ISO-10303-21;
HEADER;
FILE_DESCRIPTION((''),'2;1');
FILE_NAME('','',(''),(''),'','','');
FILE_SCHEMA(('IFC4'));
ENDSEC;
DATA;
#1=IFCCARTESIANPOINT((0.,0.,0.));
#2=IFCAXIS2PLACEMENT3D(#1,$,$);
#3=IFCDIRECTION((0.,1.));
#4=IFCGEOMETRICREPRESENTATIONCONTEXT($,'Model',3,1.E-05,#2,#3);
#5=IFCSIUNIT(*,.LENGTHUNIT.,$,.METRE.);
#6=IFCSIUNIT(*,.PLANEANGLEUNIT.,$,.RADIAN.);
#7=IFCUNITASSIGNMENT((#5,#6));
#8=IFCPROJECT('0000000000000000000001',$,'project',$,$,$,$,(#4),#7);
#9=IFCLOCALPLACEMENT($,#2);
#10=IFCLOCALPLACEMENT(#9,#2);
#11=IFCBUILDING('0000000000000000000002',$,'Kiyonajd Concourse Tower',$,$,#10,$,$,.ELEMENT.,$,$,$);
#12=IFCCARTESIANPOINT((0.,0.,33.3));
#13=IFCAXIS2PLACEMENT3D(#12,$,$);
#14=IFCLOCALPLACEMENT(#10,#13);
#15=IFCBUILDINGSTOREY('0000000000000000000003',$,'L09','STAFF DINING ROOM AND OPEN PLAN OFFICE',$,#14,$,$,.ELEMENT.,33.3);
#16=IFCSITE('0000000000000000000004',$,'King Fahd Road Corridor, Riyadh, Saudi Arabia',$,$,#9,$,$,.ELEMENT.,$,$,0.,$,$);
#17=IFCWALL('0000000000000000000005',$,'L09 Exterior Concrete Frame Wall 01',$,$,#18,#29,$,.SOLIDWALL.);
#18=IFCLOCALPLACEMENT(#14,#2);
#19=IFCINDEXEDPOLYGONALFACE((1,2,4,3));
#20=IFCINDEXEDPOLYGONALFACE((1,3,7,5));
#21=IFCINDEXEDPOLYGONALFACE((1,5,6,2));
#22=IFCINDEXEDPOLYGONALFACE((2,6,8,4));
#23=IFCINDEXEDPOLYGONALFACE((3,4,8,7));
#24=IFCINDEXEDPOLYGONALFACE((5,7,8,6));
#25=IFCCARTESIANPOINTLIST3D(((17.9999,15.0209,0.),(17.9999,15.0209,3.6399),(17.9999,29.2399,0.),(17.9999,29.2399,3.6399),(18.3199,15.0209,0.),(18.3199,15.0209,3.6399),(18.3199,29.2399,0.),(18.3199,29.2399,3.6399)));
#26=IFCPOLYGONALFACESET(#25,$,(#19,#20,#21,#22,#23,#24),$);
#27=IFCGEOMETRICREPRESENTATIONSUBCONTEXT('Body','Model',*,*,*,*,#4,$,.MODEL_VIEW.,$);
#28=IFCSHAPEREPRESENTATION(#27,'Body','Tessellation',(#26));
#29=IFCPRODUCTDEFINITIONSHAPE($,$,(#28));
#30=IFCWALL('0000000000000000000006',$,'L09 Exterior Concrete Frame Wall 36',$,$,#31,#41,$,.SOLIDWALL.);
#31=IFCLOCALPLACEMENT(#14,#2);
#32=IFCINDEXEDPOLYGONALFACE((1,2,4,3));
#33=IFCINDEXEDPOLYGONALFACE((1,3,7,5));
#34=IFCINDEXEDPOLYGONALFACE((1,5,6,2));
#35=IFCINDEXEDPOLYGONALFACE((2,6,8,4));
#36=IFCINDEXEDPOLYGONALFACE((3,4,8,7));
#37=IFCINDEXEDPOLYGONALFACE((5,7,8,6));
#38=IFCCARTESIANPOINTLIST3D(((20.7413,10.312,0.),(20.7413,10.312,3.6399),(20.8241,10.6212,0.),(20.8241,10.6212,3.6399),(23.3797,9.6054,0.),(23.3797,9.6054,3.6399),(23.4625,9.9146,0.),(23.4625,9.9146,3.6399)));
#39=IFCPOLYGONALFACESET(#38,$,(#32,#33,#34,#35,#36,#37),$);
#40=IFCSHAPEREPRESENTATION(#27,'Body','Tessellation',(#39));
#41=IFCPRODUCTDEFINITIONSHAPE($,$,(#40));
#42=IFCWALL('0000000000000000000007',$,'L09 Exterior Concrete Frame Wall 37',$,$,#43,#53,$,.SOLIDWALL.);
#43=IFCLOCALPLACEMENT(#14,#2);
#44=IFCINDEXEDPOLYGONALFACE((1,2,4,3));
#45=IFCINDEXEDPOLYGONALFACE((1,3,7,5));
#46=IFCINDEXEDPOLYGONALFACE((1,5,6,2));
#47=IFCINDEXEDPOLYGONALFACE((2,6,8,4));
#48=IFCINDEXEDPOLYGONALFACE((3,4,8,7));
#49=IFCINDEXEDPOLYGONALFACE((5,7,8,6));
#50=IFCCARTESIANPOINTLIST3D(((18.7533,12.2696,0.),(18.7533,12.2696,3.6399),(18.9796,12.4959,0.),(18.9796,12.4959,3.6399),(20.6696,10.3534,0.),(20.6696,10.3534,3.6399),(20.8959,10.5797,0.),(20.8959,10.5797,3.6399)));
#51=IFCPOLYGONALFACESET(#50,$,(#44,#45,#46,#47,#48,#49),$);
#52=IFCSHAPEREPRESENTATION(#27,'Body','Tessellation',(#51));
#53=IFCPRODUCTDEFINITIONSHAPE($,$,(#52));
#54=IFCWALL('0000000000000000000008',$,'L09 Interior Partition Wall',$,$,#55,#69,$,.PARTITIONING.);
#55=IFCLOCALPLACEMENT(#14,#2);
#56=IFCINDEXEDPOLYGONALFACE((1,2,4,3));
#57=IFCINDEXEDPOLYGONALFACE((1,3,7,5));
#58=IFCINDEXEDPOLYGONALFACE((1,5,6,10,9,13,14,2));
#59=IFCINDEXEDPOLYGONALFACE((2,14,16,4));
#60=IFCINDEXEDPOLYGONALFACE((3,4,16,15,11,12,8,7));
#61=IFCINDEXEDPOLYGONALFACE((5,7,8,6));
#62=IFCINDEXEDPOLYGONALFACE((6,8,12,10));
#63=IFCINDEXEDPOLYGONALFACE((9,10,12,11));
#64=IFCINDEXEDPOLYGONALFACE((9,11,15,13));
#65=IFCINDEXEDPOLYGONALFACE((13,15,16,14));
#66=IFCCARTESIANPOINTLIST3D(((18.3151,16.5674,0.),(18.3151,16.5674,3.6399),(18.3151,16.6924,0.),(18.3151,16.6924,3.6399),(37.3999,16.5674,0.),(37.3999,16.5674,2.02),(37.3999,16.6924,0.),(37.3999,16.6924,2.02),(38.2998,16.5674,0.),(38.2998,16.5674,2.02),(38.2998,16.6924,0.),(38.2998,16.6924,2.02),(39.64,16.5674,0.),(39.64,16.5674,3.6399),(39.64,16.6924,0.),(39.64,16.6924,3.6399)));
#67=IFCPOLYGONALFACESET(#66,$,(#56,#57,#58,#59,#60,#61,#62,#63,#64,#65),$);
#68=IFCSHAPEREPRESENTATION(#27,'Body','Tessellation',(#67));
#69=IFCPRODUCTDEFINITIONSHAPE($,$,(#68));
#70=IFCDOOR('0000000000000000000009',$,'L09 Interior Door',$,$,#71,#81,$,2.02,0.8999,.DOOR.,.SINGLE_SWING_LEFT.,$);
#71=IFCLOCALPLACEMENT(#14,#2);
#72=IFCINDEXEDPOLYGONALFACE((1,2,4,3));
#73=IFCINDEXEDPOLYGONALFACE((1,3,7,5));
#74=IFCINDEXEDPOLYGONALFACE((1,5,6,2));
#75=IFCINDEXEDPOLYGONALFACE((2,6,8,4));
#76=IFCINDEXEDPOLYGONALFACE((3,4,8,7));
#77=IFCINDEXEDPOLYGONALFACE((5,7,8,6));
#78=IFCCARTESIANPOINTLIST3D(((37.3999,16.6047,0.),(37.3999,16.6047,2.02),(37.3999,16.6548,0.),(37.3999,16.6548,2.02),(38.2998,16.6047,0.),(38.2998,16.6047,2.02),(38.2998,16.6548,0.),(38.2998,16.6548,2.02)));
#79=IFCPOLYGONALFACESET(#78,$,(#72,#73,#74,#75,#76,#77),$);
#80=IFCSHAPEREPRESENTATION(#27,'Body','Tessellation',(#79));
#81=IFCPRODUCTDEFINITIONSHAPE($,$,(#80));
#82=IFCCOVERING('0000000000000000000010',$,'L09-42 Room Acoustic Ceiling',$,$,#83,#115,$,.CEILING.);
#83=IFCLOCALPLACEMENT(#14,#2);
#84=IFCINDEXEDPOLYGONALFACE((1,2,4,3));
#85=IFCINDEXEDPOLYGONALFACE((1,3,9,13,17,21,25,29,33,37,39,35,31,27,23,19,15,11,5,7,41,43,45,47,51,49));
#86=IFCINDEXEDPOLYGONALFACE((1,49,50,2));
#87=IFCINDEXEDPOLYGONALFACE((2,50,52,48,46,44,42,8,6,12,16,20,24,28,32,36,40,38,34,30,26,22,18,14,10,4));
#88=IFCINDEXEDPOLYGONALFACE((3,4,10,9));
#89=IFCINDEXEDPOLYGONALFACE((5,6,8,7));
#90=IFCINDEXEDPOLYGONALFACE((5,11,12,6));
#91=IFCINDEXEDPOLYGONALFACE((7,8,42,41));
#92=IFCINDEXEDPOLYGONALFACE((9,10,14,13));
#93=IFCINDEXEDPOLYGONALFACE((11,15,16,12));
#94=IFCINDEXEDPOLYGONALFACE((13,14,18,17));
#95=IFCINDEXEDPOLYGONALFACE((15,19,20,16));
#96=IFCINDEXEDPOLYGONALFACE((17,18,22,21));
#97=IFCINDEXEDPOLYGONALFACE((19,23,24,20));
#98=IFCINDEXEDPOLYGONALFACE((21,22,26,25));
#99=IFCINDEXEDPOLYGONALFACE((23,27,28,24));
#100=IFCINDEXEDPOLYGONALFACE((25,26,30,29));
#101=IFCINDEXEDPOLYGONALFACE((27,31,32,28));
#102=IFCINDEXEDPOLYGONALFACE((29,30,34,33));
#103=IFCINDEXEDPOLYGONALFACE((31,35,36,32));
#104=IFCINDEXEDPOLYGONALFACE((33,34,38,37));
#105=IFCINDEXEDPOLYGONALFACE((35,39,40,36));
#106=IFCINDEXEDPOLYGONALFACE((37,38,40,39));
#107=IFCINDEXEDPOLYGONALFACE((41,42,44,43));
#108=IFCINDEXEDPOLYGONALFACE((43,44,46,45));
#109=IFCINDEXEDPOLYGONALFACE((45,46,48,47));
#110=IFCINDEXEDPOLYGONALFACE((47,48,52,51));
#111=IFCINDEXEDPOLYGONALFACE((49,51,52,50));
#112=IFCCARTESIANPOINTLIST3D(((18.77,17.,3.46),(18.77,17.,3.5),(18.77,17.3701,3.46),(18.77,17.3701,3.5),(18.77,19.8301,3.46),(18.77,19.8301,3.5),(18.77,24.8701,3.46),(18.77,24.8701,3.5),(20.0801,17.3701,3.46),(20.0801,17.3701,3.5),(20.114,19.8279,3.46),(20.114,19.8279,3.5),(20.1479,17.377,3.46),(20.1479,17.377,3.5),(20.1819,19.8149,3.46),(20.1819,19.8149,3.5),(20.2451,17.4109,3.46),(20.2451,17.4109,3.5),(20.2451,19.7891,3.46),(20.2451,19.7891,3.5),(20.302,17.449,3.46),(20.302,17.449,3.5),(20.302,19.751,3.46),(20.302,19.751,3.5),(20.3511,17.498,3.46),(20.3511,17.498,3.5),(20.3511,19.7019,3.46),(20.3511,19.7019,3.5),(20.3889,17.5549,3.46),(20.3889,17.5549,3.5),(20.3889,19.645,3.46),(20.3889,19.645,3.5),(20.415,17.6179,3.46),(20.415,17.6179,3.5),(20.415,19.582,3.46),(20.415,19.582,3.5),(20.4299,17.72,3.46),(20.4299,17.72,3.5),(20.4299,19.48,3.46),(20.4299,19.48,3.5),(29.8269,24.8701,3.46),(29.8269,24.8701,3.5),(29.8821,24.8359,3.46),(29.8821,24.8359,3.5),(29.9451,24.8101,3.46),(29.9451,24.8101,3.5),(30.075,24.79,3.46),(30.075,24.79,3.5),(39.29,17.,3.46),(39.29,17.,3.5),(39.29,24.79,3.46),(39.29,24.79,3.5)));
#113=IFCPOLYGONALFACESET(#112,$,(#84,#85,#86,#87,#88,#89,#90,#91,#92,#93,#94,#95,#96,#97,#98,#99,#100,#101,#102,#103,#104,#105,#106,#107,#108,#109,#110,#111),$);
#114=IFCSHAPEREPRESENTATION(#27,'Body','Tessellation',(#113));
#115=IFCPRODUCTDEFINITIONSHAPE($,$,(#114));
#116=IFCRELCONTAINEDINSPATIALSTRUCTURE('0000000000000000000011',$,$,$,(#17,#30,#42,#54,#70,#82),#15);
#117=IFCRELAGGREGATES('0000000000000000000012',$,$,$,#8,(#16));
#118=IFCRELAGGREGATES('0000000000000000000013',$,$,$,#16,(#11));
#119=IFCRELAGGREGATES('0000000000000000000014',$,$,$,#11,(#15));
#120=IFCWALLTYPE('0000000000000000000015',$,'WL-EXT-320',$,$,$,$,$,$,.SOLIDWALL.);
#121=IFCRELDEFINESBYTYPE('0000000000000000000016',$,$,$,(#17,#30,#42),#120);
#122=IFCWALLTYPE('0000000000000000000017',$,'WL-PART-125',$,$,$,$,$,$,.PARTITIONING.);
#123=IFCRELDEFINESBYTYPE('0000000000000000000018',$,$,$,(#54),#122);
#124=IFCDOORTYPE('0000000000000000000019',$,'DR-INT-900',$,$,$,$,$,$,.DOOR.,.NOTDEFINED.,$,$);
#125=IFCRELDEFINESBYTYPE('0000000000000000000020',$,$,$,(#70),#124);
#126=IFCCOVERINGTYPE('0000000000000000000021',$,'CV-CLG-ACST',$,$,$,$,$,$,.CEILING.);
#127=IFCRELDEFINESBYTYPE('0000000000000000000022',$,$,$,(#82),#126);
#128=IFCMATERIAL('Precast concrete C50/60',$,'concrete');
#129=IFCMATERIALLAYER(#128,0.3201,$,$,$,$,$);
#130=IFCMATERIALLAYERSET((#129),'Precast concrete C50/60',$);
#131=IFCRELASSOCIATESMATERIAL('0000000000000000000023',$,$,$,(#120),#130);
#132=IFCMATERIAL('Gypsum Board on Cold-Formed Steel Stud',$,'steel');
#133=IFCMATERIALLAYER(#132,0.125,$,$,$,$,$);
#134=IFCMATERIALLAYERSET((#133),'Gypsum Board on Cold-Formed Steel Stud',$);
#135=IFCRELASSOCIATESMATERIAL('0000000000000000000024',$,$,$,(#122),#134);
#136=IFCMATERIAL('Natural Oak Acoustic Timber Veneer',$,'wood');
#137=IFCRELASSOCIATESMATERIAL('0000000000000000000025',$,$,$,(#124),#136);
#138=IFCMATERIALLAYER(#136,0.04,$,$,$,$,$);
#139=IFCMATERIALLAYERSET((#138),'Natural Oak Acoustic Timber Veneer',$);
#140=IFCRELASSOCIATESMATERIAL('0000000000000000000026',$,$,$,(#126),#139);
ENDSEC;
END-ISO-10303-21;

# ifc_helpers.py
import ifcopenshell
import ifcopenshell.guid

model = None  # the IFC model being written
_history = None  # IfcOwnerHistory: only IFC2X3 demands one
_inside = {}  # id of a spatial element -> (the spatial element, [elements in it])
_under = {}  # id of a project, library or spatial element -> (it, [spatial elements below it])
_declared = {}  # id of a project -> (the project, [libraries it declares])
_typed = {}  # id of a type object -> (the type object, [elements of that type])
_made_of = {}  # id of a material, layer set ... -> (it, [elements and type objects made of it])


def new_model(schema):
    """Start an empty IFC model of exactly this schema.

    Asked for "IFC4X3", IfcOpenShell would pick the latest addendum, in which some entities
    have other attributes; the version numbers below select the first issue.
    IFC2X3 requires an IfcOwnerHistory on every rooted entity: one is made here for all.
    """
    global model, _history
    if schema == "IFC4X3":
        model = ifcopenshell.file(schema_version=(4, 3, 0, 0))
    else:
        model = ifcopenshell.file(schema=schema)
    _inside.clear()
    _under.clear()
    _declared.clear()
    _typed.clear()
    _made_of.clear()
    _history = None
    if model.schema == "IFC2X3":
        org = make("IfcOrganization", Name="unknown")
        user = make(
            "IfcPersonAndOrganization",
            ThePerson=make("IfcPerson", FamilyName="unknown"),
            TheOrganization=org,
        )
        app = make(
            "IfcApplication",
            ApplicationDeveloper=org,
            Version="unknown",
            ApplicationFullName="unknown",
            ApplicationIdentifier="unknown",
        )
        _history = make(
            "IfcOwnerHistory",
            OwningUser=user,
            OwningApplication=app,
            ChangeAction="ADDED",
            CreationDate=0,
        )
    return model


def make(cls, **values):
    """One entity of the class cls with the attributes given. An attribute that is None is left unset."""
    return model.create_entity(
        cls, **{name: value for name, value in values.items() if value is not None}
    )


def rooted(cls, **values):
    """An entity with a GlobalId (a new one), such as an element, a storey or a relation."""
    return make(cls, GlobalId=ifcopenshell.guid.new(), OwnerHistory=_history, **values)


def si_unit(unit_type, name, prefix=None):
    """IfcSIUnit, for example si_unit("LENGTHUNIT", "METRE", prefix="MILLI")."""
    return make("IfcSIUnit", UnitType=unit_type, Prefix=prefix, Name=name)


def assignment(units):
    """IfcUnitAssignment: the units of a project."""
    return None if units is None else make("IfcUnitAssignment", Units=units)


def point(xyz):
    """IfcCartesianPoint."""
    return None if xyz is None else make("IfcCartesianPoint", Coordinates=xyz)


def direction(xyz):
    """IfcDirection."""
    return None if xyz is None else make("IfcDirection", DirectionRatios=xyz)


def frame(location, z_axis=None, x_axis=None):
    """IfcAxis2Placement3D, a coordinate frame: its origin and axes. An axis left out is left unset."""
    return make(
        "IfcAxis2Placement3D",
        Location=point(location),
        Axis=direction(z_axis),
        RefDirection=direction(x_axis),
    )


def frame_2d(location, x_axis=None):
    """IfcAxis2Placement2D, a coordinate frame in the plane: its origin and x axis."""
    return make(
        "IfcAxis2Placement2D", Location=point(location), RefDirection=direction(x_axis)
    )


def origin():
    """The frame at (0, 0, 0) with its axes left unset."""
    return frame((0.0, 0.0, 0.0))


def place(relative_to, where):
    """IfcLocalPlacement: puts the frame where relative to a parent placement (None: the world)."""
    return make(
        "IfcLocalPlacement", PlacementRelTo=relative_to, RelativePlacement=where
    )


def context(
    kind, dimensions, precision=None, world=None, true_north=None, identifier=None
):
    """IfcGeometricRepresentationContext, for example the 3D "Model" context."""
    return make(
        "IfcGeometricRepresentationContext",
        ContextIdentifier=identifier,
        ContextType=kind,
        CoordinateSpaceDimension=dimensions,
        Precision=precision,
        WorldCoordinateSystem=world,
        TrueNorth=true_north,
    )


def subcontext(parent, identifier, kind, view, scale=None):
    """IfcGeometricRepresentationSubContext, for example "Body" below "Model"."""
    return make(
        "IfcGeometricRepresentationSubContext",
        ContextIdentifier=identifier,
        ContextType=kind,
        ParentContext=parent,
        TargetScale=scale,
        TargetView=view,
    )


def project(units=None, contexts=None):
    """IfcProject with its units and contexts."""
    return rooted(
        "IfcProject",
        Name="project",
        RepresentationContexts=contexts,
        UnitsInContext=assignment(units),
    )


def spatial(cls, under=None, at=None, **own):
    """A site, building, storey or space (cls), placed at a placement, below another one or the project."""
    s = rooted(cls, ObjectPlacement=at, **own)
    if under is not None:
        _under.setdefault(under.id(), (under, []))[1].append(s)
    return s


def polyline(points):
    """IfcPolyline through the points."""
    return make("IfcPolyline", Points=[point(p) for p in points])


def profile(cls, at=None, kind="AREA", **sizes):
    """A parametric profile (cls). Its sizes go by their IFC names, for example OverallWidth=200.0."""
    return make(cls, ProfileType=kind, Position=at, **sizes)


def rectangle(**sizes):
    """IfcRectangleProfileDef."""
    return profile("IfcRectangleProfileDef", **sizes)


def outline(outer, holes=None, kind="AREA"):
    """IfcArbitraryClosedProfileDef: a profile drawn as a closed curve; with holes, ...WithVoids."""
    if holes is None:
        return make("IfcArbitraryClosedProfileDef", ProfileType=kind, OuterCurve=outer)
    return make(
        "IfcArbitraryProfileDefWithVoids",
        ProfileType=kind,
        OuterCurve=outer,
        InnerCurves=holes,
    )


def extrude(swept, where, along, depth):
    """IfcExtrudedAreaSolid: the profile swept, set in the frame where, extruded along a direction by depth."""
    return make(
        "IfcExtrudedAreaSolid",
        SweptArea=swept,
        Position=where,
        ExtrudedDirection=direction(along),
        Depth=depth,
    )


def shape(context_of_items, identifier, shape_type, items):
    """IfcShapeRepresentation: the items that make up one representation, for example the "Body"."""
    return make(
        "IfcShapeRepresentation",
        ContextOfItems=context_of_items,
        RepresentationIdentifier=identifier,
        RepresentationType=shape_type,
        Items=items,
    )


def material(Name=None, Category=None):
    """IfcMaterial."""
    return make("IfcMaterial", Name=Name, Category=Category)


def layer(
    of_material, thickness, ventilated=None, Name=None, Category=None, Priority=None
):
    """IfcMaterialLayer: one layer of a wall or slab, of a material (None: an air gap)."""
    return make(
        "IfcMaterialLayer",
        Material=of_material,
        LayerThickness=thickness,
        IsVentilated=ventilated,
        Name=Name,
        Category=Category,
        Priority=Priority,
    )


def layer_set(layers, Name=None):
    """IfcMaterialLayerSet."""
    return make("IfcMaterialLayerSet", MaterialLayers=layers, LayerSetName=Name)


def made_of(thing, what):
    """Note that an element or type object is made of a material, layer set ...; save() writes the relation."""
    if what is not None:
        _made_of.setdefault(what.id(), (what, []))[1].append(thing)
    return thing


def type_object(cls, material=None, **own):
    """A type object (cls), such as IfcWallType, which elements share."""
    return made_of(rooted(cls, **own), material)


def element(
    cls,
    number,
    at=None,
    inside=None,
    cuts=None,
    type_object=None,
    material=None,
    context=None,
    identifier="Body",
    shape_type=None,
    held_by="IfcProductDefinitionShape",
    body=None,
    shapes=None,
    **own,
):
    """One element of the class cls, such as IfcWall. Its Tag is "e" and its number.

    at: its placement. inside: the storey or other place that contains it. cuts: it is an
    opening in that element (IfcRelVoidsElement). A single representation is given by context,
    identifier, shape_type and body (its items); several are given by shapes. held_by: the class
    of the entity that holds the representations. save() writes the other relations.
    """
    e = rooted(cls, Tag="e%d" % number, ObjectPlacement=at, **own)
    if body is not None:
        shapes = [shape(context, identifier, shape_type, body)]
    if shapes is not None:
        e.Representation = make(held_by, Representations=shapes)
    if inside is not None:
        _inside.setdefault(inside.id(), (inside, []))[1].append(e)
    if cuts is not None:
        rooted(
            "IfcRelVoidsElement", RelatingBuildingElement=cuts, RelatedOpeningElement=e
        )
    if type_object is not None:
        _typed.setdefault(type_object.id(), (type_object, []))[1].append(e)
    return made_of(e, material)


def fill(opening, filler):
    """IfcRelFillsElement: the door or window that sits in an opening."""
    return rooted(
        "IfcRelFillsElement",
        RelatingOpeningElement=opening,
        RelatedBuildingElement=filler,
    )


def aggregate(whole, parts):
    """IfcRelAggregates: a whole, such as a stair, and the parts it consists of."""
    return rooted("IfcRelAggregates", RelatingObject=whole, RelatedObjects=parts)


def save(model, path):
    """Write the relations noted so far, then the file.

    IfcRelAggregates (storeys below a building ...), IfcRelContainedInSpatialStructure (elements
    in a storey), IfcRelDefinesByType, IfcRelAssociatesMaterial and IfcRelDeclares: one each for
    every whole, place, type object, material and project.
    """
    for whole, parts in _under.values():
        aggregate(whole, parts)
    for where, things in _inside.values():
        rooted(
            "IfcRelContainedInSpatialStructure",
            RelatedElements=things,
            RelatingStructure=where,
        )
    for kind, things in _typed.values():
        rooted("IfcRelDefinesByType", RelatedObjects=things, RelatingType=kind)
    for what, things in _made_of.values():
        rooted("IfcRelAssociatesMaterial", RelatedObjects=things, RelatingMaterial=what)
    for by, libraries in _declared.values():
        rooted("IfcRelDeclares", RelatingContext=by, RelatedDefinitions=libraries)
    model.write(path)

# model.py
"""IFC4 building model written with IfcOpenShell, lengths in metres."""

from ifc_helpers import new_model, si_unit, direction, frame, frame_2d, origin, place, context, subcontext, project, spatial, polyline, rectangle, outline, extrude, material, layer, layer_set, type_object, element, fill, save


model = new_model("IFC4")

# Units and contexts
model_context = context("Model", 3, precision=1e-05, world=origin(), true_north=direction((0.0, 1.0)))
body_context = subcontext(model_context, "Body", "Model", "MODEL_VIEW")
ifc_project = project(units=[si_unit("LENGTHUNIT", "METRE"), si_unit("PLANEANGLEUNIT", "RADIAN")], contexts=[model_context])

# Site, building, storey
site_placement = place(None, origin())
site = spatial("IfcSite", under=ifc_project, at=site_placement, Name="King Fahd Road Corridor, Riyadh, Saudi Arabia", CompositionType="ELEMENT", RefElevation=0.0)
building_placement = place(site_placement, origin())
building = spatial("IfcBuilding", under=site, at=building_placement, Name="Kiyonajd Concourse Tower", CompositionType="ELEMENT")
storey_placement = place(building_placement, frame((0.0, 0.0, 33.3)))
storey = spatial("IfcBuildingStorey", under=building, at=storey_placement, Name="L09", Description="STAFF DINING ROOM AND OPEN PLAN OFFICE", CompositionType="ELEMENT", Elevation=33.3)

# Shared definitions
ifc_material_1 = material(Name="Precast concrete C50/60", Category="concrete")

# Walls
ifc_layer_1 = layer(ifc_material_1, 0.3201)
ifc_layer_set_1 = layer_set([ifc_layer_1], Name="Precast concrete C50/60")
wall_type_1 = type_object("IfcWallType", Name="WL-EXT-320", PredefinedType="SOLIDWALL", material=ifc_layer_set_1)
wall_1_placement = place(storey_placement, frame((18.1599, 15.021, 0.0), z_axis=(0.0, 0.0, 1.0), x_axis=(0.0, 1.0, 0.0)))
element("IfcWall", 1, at=wall_1_placement, inside=storey, type_object=wall_type_1, Name="L09 Exterior Concrete Frame Wall 01", PredefinedType="SOLIDWALL", context=body_context, shape_type="SweptSolid", body=[
    extrude(rectangle(XDim=14.219, YDim=0.3201, at=frame_2d((7.1094, 0.0))), origin(), (0.0, 0.0, 1.0), 3.6399),
])
wall_2_placement = place(storey_placement, frame((23.4211, 9.76, 0.0), z_axis=(0.0, 0.0, 1.0), x_axis=(-0.965964, 0.258675, 0.0)))
element("IfcWall", 2, at=wall_2_placement, inside=storey, type_object=wall_type_1, Name="L09 Exterior Concrete Frame Wall 36", PredefinedType="SOLIDWALL", context=body_context, shape_type="SweptSolid", body=[
    extrude(rectangle(XDim=2.7314, YDim=0.3201, at=frame_2d((1.3657, 0.0))), origin(), (0.0, 0.0, 1.0), 3.6399),
])
wall_3_placement = place(storey_placement, frame((20.7827, 10.4666, 0.0), z_axis=(0.0, 0.0, 1.0), x_axis=(-0.707107, 0.707107, 0.0)))
element("IfcWall", 3, at=wall_3_placement, inside=storey, type_object=wall_type_1, Name="L09 Exterior Concrete Frame Wall 37", PredefinedType="SOLIDWALL", context=body_context, shape_type="SweptSolid", body=[
    extrude(rectangle(XDim=2.71, YDim=0.3201, at=frame_2d((1.355, 0.0))), origin(), (0.0, 0.0, 1.0), 3.6399),
])

# Wall, opening, door
ifc_material_2 = material(Name="Gypsum Board on Cold-Formed Steel Stud", Category="steel")
ifc_layer_2 = layer(ifc_material_2, 0.125)
ifc_layer_set_2 = layer_set([ifc_layer_2], Name="Gypsum Board on Cold-Formed Steel Stud")
wall_type_2 = type_object("IfcWallType", Name="WL-PART-125", PredefinedType="PARTITIONING", material=ifc_layer_set_2)
wall_4_placement = place(storey_placement, frame((18.3149, 16.6299, 0.0), z_axis=(0.0, 0.0, 1.0), x_axis=(1.0, 0.0, 0.0)))
wall_4 = element("IfcWall", 4, at=wall_4_placement, inside=storey, type_object=wall_type_2, Name="L09 Interior Partition Wall", PredefinedType="PARTITIONING", context=body_context, shape_type="SweptSolid", body=[
    extrude(rectangle(XDim=21.325, YDim=0.125, at=frame_2d((10.6626, 0.0))), origin(), (0.0, 0.0, 1.0), 3.6399),
])
opening_placement = place(wall_4_placement, frame((19.085, 0.0, 0.0)))
opening = element("IfcOpeningElement", 5, at=opening_placement, cuts=wall_4, PredefinedType="OPENING", context=body_context, shape_type="SweptSolid", body=[
    extrude(rectangle(XDim=0.8999, YDim=2.02, at=frame_2d((0.45, 1.01))), frame((0.0, 0.0725, 0.0), z_axis=(0.0, -1.0, 0.0), x_axis=(1.0, 0.0, 0.0)), (0.0, 0.0, 1.0), 0.145),
])
ifc_material_3 = material(Name="Natural Oak Acoustic Timber Veneer", Category="wood")
door_type = type_object("IfcDoorType", Name="DR-INT-900", OperationType="NOTDEFINED", PredefinedType="DOOR", material=ifc_material_3)
door_placement = place(opening_placement, origin())
door = element("IfcDoor", 6, at=door_placement, inside=storey, type_object=door_type, Name="L09 Interior Door", OperationType="SINGLE_SWING_LEFT", OverallHeight=2.02, OverallWidth=0.8999, PredefinedType="DOOR", context=body_context, shape_type="SweptSolid", body=[
    extrude(rectangle(XDim=0.8999, YDim=2.02, at=frame_2d((0.45, 1.01))), frame((0.0, 0.0249, 0.0), z_axis=(0.0, -1.0, 0.0), x_axis=(1.0, 0.0, 0.0)), (0.0, 0.0, 1.0), 0.05),
])
fill(opening, door)

# Covering
ifc_layer_3 = layer(ifc_material_3, 0.04)
ifc_layer_set_3 = layer_set([ifc_layer_3], Name="Natural Oak Acoustic Timber Veneer")
covering_type = type_object("IfcCoveringType", Name="CV-CLG-ACST", PredefinedType="CEILING", material=ifc_layer_set_3)
covering_1_placement = place(storey_placement, frame((0.0, 0.0, 3.46)))
element("IfcCovering", 7, at=covering_1_placement, inside=storey, type_object=covering_type, Name="L09-42 Room Acoustic Ceiling", PredefinedType="CEILING", context=body_context, shape_type="SweptSolid", body=[
    extrude(outline(polyline([(29.8269, 24.8701), (29.8821, 24.8359), (29.9451, 24.8101), (30.075, 24.79), (39.29, 24.79), (39.29, 17.0), (18.77, 17.0), (18.77, 17.3701), (20.0801, 17.3701), (20.1479, 17.377), (20.2451, 17.4109), (20.302, 17.449), (20.3511, 17.498), (20.3889, 17.5549), (20.415, 17.6179), (20.4299, 17.72), (20.4299, 19.48), (20.415, 19.582), (20.3889, 19.645), (20.3511, 19.7019), (20.302, 19.751), (20.2451, 19.7891), (20.1819, 19.8149), (20.114, 19.8279), (18.77, 19.8301), (18.77, 24.8701), (29.8269, 24.8701)])), origin(), (0.0, 0.0, 1.0), 0.04),
])

save(model, "model.ifc")
